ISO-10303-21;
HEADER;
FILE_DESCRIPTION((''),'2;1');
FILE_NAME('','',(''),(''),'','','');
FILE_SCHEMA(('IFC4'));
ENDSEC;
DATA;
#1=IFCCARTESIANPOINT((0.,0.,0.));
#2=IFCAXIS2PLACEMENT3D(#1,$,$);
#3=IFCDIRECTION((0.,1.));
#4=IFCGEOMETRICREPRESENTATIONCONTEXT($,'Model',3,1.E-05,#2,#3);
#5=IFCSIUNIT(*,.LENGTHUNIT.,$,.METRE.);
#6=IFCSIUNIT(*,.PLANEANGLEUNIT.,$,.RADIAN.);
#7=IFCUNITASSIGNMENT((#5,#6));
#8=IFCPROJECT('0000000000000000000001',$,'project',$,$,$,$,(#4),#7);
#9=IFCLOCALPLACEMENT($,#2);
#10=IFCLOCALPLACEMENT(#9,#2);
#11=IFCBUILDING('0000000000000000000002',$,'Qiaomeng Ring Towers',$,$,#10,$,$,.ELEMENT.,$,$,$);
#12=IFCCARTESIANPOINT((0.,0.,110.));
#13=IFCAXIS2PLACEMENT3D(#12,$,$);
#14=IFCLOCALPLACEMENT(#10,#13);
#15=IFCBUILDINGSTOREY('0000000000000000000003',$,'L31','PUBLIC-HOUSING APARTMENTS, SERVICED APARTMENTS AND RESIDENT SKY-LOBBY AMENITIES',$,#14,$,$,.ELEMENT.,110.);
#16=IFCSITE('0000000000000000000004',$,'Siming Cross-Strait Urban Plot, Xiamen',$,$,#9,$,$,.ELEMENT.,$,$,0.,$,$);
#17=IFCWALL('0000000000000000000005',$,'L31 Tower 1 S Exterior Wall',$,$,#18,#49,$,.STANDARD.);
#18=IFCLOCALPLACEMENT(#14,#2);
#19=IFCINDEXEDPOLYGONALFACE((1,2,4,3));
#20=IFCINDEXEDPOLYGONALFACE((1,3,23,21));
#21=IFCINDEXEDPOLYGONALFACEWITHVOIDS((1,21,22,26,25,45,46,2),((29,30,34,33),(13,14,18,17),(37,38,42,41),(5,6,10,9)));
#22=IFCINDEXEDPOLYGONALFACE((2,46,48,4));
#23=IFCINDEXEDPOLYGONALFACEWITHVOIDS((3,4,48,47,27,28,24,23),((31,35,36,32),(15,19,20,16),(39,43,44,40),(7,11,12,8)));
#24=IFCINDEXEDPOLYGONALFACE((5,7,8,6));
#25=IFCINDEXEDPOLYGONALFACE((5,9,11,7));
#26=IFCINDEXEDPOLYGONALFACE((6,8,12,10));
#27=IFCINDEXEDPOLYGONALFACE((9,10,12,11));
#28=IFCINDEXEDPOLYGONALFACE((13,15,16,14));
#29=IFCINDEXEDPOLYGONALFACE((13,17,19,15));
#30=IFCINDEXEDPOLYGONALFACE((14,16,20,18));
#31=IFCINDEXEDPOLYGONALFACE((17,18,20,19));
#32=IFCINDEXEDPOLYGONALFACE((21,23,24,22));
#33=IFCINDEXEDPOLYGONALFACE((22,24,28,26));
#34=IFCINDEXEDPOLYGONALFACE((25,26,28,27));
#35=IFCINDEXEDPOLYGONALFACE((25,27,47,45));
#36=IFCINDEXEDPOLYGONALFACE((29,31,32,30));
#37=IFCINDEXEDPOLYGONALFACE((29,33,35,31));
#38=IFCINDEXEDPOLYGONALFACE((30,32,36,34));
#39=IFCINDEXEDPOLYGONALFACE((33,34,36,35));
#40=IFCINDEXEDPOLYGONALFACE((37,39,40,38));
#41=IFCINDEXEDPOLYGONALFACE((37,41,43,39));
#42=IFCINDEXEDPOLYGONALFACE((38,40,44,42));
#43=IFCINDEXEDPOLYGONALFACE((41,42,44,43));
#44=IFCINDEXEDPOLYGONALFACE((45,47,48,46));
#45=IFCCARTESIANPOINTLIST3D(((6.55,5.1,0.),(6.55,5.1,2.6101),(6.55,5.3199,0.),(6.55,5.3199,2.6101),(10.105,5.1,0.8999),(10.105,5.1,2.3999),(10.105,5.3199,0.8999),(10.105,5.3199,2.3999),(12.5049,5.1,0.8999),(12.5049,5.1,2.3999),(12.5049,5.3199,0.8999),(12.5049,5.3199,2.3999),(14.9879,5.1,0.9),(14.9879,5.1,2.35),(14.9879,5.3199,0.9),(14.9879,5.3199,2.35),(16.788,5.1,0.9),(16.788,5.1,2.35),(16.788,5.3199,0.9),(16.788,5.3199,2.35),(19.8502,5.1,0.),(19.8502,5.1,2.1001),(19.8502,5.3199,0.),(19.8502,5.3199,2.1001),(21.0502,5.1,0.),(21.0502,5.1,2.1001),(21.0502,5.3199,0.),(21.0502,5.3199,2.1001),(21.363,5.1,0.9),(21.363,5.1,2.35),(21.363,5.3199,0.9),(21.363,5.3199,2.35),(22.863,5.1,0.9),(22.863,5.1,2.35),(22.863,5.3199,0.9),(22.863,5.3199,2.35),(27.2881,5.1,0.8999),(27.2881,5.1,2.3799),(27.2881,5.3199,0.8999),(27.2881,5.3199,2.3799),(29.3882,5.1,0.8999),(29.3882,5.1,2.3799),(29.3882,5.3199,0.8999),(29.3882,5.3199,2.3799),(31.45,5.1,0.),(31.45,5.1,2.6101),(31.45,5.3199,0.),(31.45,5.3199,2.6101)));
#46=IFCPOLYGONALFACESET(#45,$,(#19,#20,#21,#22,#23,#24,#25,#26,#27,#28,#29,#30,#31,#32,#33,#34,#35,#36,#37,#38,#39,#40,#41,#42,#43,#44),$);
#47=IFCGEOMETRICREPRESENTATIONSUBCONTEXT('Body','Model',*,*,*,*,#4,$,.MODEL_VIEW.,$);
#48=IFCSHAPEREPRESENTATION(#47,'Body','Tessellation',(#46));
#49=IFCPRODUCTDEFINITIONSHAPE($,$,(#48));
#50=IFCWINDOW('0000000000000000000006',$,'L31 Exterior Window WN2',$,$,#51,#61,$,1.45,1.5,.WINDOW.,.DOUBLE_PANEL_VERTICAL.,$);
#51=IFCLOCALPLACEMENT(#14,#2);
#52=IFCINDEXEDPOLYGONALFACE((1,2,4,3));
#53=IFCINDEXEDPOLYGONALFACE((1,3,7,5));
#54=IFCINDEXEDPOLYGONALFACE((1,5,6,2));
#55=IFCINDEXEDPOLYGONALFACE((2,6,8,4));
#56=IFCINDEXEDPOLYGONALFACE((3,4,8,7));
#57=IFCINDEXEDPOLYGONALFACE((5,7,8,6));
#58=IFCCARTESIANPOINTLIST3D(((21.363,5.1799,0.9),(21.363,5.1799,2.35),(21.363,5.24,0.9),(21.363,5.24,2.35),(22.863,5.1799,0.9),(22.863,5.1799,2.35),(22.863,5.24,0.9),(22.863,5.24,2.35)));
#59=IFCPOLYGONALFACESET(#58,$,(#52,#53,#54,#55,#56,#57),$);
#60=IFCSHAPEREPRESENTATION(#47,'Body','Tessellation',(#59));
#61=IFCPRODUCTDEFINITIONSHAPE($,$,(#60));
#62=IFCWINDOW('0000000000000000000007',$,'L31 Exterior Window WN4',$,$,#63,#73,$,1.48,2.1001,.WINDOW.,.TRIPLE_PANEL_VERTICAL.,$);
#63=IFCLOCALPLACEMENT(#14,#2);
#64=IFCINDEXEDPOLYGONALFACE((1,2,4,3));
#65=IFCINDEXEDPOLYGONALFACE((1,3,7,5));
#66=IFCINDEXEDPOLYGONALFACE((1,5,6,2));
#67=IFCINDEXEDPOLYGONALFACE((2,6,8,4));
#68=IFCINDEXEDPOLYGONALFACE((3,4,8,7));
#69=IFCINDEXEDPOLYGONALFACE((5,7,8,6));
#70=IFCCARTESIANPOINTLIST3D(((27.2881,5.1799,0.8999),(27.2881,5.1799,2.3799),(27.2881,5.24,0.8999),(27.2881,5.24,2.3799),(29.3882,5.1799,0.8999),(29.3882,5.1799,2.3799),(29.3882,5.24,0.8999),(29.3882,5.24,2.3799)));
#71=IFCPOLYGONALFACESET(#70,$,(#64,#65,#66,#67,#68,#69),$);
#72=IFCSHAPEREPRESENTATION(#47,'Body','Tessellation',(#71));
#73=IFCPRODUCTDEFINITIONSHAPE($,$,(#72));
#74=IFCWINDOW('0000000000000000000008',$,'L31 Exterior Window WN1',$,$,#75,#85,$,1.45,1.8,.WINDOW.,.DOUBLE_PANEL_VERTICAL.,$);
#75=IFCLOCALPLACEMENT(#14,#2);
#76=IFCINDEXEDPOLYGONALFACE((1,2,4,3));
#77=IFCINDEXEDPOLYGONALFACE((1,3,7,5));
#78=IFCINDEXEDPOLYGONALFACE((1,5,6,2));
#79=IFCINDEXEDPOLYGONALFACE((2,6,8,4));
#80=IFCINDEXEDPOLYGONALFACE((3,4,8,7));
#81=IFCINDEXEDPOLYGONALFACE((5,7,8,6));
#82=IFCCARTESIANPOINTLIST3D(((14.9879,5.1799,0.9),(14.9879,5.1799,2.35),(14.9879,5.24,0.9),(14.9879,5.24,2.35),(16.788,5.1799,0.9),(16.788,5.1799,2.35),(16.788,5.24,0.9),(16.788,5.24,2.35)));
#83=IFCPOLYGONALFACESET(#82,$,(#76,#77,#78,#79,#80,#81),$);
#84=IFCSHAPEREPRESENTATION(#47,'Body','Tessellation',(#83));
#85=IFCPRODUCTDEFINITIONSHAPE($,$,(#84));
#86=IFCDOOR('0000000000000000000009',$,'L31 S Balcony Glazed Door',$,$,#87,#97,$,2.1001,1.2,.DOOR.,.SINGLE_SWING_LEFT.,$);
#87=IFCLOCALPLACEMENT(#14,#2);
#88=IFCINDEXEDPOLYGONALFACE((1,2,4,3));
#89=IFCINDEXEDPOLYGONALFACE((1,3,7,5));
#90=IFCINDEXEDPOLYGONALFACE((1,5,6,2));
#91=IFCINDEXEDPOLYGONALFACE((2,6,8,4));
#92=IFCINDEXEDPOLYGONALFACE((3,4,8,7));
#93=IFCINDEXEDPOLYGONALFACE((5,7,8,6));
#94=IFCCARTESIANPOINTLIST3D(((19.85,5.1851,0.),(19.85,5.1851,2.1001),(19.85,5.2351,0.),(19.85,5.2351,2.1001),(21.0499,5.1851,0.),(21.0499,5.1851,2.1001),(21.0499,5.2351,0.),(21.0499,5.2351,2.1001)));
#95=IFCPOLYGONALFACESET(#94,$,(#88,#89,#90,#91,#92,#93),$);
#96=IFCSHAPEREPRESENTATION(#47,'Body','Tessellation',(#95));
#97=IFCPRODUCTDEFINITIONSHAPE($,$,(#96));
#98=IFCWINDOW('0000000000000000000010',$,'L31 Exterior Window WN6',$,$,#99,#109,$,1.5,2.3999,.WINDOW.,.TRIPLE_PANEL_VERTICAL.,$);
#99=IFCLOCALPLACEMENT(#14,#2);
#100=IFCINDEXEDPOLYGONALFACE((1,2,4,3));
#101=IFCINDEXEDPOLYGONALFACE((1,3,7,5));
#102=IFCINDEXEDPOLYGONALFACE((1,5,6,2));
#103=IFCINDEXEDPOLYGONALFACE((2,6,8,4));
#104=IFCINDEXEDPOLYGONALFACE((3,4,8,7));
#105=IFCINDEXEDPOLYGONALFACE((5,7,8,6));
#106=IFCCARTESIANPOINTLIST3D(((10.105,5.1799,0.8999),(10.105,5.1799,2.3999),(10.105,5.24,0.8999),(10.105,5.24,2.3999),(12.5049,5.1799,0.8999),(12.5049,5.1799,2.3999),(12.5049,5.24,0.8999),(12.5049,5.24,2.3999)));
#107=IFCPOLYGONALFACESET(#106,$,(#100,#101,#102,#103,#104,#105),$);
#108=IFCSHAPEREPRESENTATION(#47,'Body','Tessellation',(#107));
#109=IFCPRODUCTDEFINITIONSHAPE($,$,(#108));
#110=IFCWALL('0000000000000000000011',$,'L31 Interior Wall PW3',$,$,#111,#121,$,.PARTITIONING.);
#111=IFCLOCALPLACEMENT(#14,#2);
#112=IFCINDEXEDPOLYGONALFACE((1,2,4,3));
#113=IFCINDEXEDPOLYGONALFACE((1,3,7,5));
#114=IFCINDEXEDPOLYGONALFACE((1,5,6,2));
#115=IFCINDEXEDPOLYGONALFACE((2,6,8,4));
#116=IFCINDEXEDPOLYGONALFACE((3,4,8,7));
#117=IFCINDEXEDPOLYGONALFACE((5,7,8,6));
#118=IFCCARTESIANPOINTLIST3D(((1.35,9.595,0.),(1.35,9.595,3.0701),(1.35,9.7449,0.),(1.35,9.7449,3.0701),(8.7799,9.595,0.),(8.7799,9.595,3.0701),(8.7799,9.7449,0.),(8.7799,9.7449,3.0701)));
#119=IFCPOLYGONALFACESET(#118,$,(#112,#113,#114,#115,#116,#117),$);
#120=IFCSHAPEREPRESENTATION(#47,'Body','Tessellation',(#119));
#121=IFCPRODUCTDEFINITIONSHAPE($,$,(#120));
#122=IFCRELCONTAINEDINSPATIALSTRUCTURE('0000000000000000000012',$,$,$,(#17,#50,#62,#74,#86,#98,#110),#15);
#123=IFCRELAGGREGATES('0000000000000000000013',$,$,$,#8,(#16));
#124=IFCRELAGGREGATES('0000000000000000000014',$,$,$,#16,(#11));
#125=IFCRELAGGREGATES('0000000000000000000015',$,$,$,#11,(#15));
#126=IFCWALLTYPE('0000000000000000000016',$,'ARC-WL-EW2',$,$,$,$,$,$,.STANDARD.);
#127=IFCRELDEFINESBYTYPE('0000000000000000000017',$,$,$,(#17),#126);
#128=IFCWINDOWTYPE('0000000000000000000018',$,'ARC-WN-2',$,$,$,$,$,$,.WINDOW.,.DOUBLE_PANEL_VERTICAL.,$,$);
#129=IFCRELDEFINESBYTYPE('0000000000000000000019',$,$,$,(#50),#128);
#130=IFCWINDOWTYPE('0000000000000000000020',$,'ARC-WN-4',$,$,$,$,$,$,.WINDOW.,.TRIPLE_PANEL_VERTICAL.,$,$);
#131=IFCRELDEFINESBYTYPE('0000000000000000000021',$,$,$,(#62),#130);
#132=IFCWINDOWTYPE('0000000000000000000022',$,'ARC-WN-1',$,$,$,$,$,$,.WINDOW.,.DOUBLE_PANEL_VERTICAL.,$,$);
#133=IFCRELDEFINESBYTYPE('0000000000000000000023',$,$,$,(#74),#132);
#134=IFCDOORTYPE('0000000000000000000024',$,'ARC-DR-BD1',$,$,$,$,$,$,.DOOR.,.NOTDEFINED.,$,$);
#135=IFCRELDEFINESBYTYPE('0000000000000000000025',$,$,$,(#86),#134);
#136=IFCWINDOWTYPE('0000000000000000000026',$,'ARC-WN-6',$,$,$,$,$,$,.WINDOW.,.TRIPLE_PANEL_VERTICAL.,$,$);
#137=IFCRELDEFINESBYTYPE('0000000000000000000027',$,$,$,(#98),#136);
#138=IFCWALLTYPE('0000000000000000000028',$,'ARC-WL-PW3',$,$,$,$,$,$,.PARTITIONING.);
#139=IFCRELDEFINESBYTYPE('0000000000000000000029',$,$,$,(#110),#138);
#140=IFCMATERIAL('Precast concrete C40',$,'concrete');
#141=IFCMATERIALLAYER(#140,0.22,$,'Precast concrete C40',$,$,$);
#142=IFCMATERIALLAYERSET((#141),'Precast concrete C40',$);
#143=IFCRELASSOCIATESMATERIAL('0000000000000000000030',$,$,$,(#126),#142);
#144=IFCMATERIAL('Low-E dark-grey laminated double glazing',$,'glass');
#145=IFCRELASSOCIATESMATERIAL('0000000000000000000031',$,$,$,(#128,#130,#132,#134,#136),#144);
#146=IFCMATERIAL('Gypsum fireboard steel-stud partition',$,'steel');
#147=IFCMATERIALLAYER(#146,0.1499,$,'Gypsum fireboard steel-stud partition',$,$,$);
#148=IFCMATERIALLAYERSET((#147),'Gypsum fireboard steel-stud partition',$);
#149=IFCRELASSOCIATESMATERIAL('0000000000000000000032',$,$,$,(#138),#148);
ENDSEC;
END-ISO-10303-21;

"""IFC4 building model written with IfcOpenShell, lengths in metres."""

from ifc_helpers import new_model, si_unit, direction, frame, frame_2d, origin, place, context, subcontext, project, spatial, rectangle, extrude, source, transform, mapped, material, layer, layer_set, type_object, element, fill, save


model = new_model("IFC4")

# Units and contexts
model_context = context("Model", 3, precision=1e-05, world=origin(), true_north=direction((0.0, 1.0)))
body_context = subcontext(model_context, "Body", "Model", "MODEL_VIEW")
ifc_project = project(units=[si_unit("LENGTHUNIT", "METRE"), si_unit("PLANEANGLEUNIT", "RADIAN")], contexts=[model_context])

# Site, building, storey
site_placement = place(None, origin())
site = spatial("IfcSite", under=ifc_project, at=site_placement, Name="Siming Cross-Strait Urban Plot, Xiamen", CompositionType="ELEMENT", RefElevation=0.0)
building_placement = place(site_placement, origin())
building = spatial("IfcBuilding", under=site, at=building_placement, Name="Qiaomeng Ring Towers", CompositionType="ELEMENT")
storey_placement = place(building_placement, frame((0.0, 0.0, 110.0)))
storey = spatial("IfcBuildingStorey", under=building, at=storey_placement, Name="L31", Description="PUBLIC-HOUSING APARTMENTS, SERVICED APARTMENTS AND RESIDENT SKY-LOBBY AMENITIES", CompositionType="ELEMENT", Elevation=110.0)

# Shared definitions
ifc_material_1 = material(Name="Low-E dark-grey laminated double glazing", Category="glass")

# Wall, openings, windows, door
ifc_material_2 = material(Name="Precast concrete C40", Category="concrete")
ifc_layer_1 = layer(ifc_material_2, 0.22, Name="Precast concrete C40")
ifc_layer_set_1 = layer_set([ifc_layer_1], Name="Precast concrete C40")
wall_type_1 = type_object("IfcWallType", Name="ARC-WL-EW2", PredefinedType="STANDARD", material=ifc_layer_set_1)
wall_1_placement = place(storey_placement, frame((6.55, 5.21, 0.0), z_axis=(0.0, 0.0, 1.0), x_axis=(1.0, 0.0, 0.0)))
wall_1 = element("IfcWall", 1, at=wall_1_placement, inside=storey, type_object=wall_type_1, Name="L31 Tower 1 S Exterior Wall", PredefinedType="STANDARD", context=body_context, shape_type="SweptSolid", body=[
    extrude(rectangle(XDim=24.8999, YDim=0.22, at=frame_2d((12.45, 0.0))), origin(), (0.0, 0.0, 1.0), 2.6101),
])
opening_1_placement = place(wall_1_placement, frame((13.3, 0.0, 0.0)))
opening_1 = element("IfcOpeningElement", 2, at=opening_1_placement, cuts=wall_1, PredefinedType="OPENING", context=body_context, shape_type="SweptSolid", body=[
    extrude(rectangle(XDim=1.2, YDim=2.1001, at=frame_2d((0.6001, 1.05))), frame((0.0, 0.1199, 0.0), z_axis=(0.0, -1.0, 0.0), x_axis=(1.0, 0.0, 0.0)), (0.0, 0.0, 1.0), 0.24),
])
opening_2_placement = place(wall_1_placement, frame((3.5549, 0.0, 0.8999)))
opening_2 = element("IfcOpeningElement", 3, at=opening_2_placement, cuts=wall_1, PredefinedType="OPENING", context=body_context, shape_type="SweptSolid", body=[
    extrude(rectangle(XDim=2.3999, YDim=1.5, at=frame_2d((1.2, 0.75))), frame((0.0, 0.1199, 0.0), z_axis=(0.0, -1.0, 0.0), x_axis=(1.0, 0.0, 0.0)), (0.0, 0.0, 1.0), 0.24),
])
opening_3_placement = place(wall_1_placement, frame((8.438, 0.0, 0.8999)))
opening_3 = element("IfcOpeningElement", 4, at=opening_3_placement, cuts=wall_1, PredefinedType="OPENING", context=body_context, shape_type="SweptSolid", body=[
    extrude(rectangle(XDim=1.8, YDim=1.45, at=frame_2d((0.8999, 0.7251))), frame((0.0, 0.1199, 0.0), z_axis=(0.0, -1.0, 0.0), x_axis=(1.0, 0.0, 0.0)), (0.0, 0.0, 1.0), 0.24),
])
opening_4_placement = place(wall_1_placement, frame((14.813, 0.0, 0.8999)))
opening_4 = element("IfcOpeningElement", 5, at=opening_4_placement, cuts=wall_1, PredefinedType="OPENING", context=body_context, shape_type="SweptSolid", body=[
    extrude(rectangle(XDim=1.5, YDim=1.45, at=frame_2d((0.75, 0.7251))), frame((0.0, 0.1199, 0.0), z_axis=(0.0, -1.0, 0.0), x_axis=(1.0, 0.0, 0.0)), (0.0, 0.0, 1.0), 0.24),
])
opening_5_placement = place(wall_1_placement, frame((20.738, 0.0, 0.8999)))
opening_5 = element("IfcOpeningElement", 6, at=opening_5_placement, cuts=wall_1, PredefinedType="OPENING", context=body_context, shape_type="SweptSolid", body=[
    extrude(rectangle(XDim=2.1001, YDim=1.48, at=frame_2d((1.05, 0.74))), frame((0.0, 0.1199, 0.0), z_axis=(0.0, -1.0, 0.0), x_axis=(1.0, 0.0, 0.0)), (0.0, 0.0, 1.0), 0.24),
])
window_type_1 = type_object("IfcWindowType", Name="ARC-WN-2", PartitioningType="DOUBLE_PANEL_VERTICAL", PredefinedType="WINDOW", material=ifc_material_1)
shared_shape_1 = source(origin(), body_context, "Body", "SweptSolid", [
    extrude(rectangle(XDim=1.5, YDim=1.45, at=frame_2d((0.75, 0.7251))), frame((0.0, 0.03, 0.0), z_axis=(0.0, -1.0, 0.0), x_axis=(1.0, 0.0, 0.0)), (0.0, 0.0, 1.0), 0.0601),
])
window_1_placement = place(opening_4_placement, origin())
window_1 = element("IfcWindow", 7, at=window_1_placement, inside=storey, type_object=window_type_1, Name="L31 Exterior Window WN2", OverallHeight=1.45, OverallWidth=1.5, PartitioningType="DOUBLE_PANEL_VERTICAL", PredefinedType="WINDOW", context=body_context, shape_type="MappedRepresentation", body=[
    mapped(shared_shape_1, transform((0.0, 0.0, 0.0), x_axis=(1.0, 0.0, 0.0), y_axis=(0.0, 1.0, 0.0), z_axis=(0.0, 0.0, 1.0), scale=1.0)),
])
fill(opening_4, window_1)
window_type_2 = type_object("IfcWindowType", Name="ARC-WN-4", PartitioningType="TRIPLE_PANEL_VERTICAL", PredefinedType="WINDOW", material=ifc_material_1)
shared_shape_2 = source(origin(), body_context, "Body", "SweptSolid", [
    extrude(rectangle(XDim=2.1001, YDim=1.48, at=frame_2d((1.05, 0.74))), frame((0.0, 0.03, 0.0), z_axis=(0.0, -1.0, 0.0), x_axis=(1.0, 0.0, 0.0)), (0.0, 0.0, 1.0), 0.0601),
])
window_2_placement = place(opening_5_placement, origin())
window_2 = element("IfcWindow", 8, at=window_2_placement, inside=storey, type_object=window_type_2, Name="L31 Exterior Window WN4", OverallHeight=1.48, OverallWidth=2.1001, PartitioningType="TRIPLE_PANEL_VERTICAL", PredefinedType="WINDOW", context=body_context, shape_type="MappedRepresentation", body=[
    mapped(shared_shape_2, transform((0.0, 0.0, 0.0), x_axis=(1.0, 0.0, 0.0), y_axis=(0.0, 1.0, 0.0), z_axis=(0.0, 0.0, 1.0), scale=1.0)),
])
fill(opening_5, window_2)
window_type_3 = type_object("IfcWindowType", Name="ARC-WN-1", PartitioningType="DOUBLE_PANEL_VERTICAL", PredefinedType="WINDOW", material=ifc_material_1)
shared_shape_3 = source(origin(), body_context, "Body", "SweptSolid", [
    extrude(rectangle(XDim=1.8, YDim=1.45, at=frame_2d((0.8999, 0.7251))), frame((0.0, 0.03, 0.0), z_axis=(0.0, -1.0, 0.0), x_axis=(1.0, 0.0, 0.0)), (0.0, 0.0, 1.0), 0.0601),
])
window_3_placement = place(opening_3_placement, origin())
window_3 = element("IfcWindow", 9, at=window_3_placement, inside=storey, type_object=window_type_3, Name="L31 Exterior Window WN1", OverallHeight=1.45, OverallWidth=1.8, PartitioningType="DOUBLE_PANEL_VERTICAL", PredefinedType="WINDOW", context=body_context, shape_type="MappedRepresentation", body=[
    mapped(shared_shape_3, transform((0.0, 0.0, 0.0), x_axis=(1.0, 0.0, 0.0), y_axis=(0.0, 1.0, 0.0), z_axis=(0.0, 0.0, 1.0), scale=1.0)),
])
fill(opening_3, window_3)
door_type = type_object("IfcDoorType", Name="ARC-DR-BD1", OperationType="NOTDEFINED", PredefinedType="DOOR", material=ifc_material_1)
shared_shape_4 = source(origin(), body_context, "Body", "SweptSolid", [
    extrude(rectangle(XDim=1.2, YDim=2.1001, at=frame_2d((0.6001, 1.05))), frame((0.0, 0.0249, 0.0), z_axis=(0.0, -1.0, 0.0), x_axis=(1.0, 0.0, 0.0)), (0.0, 0.0, 1.0), 0.05),
])
door_placement = place(opening_1_placement, frame((1.2, 0.0, 0.0), z_axis=(0.0, 0.0, 1.0), x_axis=(-1.0, 0.0, 0.0)))
door = element("IfcDoor", 10, at=door_placement, inside=storey, type_object=door_type, Name="L31 S Balcony Glazed Door", OperationType="SINGLE_SWING_LEFT", OverallHeight=2.1001, OverallWidth=1.2, PredefinedType="DOOR", context=body_context, shape_type="MappedRepresentation", body=[
    mapped(shared_shape_4, transform((0.0, 0.0, 0.0), x_axis=(1.0, 0.0, 0.0), y_axis=(0.0, 1.0, 0.0), z_axis=(0.0, 0.0, 1.0), scale=1.0)),
])
fill(opening_1, door)
window_type_4 = type_object("IfcWindowType", Name="ARC-WN-6", PartitioningType="TRIPLE_PANEL_VERTICAL", PredefinedType="WINDOW", material=ifc_material_1)
shared_shape_5 = source(origin(), body_context, "Body", "SweptSolid", [
    extrude(rectangle(XDim=2.3999, YDim=1.5, at=frame_2d((1.2, 0.75))), frame((0.0, 0.03, 0.0), z_axis=(0.0, -1.0, 0.0), x_axis=(1.0, 0.0, 0.0)), (0.0, 0.0, 1.0), 0.0601),
])
window_4_placement = place(opening_2_placement, origin())
window_4 = element("IfcWindow", 11, at=window_4_placement, inside=storey, type_object=window_type_4, Name="L31 Exterior Window WN6", OverallHeight=1.5, OverallWidth=2.3999, PartitioningType="TRIPLE_PANEL_VERTICAL", PredefinedType="WINDOW", context=body_context, shape_type="MappedRepresentation", body=[
    mapped(shared_shape_5, transform((0.0, 0.0, 0.0), x_axis=(1.0, 0.0, 0.0), y_axis=(0.0, 1.0, 0.0), z_axis=(0.0, 0.0, 1.0), scale=1.0)),
])
fill(opening_2, window_4)

# Wall
ifc_material_3 = material(Name="Gypsum fireboard steel-stud partition", Category="steel")
ifc_layer_2 = layer(ifc_material_3, 0.1499, Name="Gypsum fireboard steel-stud partition")
ifc_layer_set_2 = layer_set([ifc_layer_2], Name="Gypsum fireboard steel-stud partition")
wall_type_2 = type_object("IfcWallType", Name="ARC-WL-PW3", PredefinedType="PARTITIONING", material=ifc_layer_set_2)
wall_2_placement = place(storey_placement, frame((1.3501, 9.6699, 0.0), z_axis=(0.0, 0.0, 1.0), x_axis=(1.0, 0.0, 0.0)))
element("IfcWall", 12, at=wall_2_placement, inside=storey, type_object=wall_type_2, Name="L31 Interior Wall PW3", PredefinedType="PARTITIONING", context=body_context, shape_type="SweptSolid", body=[
    extrude(rectangle(XDim=7.4299, YDim=0.1499, at=frame_2d((3.7148, 0.0))), origin(), (0.0, 0.0, 1.0), 3.0701),
])

save(model, "model.ifc")
